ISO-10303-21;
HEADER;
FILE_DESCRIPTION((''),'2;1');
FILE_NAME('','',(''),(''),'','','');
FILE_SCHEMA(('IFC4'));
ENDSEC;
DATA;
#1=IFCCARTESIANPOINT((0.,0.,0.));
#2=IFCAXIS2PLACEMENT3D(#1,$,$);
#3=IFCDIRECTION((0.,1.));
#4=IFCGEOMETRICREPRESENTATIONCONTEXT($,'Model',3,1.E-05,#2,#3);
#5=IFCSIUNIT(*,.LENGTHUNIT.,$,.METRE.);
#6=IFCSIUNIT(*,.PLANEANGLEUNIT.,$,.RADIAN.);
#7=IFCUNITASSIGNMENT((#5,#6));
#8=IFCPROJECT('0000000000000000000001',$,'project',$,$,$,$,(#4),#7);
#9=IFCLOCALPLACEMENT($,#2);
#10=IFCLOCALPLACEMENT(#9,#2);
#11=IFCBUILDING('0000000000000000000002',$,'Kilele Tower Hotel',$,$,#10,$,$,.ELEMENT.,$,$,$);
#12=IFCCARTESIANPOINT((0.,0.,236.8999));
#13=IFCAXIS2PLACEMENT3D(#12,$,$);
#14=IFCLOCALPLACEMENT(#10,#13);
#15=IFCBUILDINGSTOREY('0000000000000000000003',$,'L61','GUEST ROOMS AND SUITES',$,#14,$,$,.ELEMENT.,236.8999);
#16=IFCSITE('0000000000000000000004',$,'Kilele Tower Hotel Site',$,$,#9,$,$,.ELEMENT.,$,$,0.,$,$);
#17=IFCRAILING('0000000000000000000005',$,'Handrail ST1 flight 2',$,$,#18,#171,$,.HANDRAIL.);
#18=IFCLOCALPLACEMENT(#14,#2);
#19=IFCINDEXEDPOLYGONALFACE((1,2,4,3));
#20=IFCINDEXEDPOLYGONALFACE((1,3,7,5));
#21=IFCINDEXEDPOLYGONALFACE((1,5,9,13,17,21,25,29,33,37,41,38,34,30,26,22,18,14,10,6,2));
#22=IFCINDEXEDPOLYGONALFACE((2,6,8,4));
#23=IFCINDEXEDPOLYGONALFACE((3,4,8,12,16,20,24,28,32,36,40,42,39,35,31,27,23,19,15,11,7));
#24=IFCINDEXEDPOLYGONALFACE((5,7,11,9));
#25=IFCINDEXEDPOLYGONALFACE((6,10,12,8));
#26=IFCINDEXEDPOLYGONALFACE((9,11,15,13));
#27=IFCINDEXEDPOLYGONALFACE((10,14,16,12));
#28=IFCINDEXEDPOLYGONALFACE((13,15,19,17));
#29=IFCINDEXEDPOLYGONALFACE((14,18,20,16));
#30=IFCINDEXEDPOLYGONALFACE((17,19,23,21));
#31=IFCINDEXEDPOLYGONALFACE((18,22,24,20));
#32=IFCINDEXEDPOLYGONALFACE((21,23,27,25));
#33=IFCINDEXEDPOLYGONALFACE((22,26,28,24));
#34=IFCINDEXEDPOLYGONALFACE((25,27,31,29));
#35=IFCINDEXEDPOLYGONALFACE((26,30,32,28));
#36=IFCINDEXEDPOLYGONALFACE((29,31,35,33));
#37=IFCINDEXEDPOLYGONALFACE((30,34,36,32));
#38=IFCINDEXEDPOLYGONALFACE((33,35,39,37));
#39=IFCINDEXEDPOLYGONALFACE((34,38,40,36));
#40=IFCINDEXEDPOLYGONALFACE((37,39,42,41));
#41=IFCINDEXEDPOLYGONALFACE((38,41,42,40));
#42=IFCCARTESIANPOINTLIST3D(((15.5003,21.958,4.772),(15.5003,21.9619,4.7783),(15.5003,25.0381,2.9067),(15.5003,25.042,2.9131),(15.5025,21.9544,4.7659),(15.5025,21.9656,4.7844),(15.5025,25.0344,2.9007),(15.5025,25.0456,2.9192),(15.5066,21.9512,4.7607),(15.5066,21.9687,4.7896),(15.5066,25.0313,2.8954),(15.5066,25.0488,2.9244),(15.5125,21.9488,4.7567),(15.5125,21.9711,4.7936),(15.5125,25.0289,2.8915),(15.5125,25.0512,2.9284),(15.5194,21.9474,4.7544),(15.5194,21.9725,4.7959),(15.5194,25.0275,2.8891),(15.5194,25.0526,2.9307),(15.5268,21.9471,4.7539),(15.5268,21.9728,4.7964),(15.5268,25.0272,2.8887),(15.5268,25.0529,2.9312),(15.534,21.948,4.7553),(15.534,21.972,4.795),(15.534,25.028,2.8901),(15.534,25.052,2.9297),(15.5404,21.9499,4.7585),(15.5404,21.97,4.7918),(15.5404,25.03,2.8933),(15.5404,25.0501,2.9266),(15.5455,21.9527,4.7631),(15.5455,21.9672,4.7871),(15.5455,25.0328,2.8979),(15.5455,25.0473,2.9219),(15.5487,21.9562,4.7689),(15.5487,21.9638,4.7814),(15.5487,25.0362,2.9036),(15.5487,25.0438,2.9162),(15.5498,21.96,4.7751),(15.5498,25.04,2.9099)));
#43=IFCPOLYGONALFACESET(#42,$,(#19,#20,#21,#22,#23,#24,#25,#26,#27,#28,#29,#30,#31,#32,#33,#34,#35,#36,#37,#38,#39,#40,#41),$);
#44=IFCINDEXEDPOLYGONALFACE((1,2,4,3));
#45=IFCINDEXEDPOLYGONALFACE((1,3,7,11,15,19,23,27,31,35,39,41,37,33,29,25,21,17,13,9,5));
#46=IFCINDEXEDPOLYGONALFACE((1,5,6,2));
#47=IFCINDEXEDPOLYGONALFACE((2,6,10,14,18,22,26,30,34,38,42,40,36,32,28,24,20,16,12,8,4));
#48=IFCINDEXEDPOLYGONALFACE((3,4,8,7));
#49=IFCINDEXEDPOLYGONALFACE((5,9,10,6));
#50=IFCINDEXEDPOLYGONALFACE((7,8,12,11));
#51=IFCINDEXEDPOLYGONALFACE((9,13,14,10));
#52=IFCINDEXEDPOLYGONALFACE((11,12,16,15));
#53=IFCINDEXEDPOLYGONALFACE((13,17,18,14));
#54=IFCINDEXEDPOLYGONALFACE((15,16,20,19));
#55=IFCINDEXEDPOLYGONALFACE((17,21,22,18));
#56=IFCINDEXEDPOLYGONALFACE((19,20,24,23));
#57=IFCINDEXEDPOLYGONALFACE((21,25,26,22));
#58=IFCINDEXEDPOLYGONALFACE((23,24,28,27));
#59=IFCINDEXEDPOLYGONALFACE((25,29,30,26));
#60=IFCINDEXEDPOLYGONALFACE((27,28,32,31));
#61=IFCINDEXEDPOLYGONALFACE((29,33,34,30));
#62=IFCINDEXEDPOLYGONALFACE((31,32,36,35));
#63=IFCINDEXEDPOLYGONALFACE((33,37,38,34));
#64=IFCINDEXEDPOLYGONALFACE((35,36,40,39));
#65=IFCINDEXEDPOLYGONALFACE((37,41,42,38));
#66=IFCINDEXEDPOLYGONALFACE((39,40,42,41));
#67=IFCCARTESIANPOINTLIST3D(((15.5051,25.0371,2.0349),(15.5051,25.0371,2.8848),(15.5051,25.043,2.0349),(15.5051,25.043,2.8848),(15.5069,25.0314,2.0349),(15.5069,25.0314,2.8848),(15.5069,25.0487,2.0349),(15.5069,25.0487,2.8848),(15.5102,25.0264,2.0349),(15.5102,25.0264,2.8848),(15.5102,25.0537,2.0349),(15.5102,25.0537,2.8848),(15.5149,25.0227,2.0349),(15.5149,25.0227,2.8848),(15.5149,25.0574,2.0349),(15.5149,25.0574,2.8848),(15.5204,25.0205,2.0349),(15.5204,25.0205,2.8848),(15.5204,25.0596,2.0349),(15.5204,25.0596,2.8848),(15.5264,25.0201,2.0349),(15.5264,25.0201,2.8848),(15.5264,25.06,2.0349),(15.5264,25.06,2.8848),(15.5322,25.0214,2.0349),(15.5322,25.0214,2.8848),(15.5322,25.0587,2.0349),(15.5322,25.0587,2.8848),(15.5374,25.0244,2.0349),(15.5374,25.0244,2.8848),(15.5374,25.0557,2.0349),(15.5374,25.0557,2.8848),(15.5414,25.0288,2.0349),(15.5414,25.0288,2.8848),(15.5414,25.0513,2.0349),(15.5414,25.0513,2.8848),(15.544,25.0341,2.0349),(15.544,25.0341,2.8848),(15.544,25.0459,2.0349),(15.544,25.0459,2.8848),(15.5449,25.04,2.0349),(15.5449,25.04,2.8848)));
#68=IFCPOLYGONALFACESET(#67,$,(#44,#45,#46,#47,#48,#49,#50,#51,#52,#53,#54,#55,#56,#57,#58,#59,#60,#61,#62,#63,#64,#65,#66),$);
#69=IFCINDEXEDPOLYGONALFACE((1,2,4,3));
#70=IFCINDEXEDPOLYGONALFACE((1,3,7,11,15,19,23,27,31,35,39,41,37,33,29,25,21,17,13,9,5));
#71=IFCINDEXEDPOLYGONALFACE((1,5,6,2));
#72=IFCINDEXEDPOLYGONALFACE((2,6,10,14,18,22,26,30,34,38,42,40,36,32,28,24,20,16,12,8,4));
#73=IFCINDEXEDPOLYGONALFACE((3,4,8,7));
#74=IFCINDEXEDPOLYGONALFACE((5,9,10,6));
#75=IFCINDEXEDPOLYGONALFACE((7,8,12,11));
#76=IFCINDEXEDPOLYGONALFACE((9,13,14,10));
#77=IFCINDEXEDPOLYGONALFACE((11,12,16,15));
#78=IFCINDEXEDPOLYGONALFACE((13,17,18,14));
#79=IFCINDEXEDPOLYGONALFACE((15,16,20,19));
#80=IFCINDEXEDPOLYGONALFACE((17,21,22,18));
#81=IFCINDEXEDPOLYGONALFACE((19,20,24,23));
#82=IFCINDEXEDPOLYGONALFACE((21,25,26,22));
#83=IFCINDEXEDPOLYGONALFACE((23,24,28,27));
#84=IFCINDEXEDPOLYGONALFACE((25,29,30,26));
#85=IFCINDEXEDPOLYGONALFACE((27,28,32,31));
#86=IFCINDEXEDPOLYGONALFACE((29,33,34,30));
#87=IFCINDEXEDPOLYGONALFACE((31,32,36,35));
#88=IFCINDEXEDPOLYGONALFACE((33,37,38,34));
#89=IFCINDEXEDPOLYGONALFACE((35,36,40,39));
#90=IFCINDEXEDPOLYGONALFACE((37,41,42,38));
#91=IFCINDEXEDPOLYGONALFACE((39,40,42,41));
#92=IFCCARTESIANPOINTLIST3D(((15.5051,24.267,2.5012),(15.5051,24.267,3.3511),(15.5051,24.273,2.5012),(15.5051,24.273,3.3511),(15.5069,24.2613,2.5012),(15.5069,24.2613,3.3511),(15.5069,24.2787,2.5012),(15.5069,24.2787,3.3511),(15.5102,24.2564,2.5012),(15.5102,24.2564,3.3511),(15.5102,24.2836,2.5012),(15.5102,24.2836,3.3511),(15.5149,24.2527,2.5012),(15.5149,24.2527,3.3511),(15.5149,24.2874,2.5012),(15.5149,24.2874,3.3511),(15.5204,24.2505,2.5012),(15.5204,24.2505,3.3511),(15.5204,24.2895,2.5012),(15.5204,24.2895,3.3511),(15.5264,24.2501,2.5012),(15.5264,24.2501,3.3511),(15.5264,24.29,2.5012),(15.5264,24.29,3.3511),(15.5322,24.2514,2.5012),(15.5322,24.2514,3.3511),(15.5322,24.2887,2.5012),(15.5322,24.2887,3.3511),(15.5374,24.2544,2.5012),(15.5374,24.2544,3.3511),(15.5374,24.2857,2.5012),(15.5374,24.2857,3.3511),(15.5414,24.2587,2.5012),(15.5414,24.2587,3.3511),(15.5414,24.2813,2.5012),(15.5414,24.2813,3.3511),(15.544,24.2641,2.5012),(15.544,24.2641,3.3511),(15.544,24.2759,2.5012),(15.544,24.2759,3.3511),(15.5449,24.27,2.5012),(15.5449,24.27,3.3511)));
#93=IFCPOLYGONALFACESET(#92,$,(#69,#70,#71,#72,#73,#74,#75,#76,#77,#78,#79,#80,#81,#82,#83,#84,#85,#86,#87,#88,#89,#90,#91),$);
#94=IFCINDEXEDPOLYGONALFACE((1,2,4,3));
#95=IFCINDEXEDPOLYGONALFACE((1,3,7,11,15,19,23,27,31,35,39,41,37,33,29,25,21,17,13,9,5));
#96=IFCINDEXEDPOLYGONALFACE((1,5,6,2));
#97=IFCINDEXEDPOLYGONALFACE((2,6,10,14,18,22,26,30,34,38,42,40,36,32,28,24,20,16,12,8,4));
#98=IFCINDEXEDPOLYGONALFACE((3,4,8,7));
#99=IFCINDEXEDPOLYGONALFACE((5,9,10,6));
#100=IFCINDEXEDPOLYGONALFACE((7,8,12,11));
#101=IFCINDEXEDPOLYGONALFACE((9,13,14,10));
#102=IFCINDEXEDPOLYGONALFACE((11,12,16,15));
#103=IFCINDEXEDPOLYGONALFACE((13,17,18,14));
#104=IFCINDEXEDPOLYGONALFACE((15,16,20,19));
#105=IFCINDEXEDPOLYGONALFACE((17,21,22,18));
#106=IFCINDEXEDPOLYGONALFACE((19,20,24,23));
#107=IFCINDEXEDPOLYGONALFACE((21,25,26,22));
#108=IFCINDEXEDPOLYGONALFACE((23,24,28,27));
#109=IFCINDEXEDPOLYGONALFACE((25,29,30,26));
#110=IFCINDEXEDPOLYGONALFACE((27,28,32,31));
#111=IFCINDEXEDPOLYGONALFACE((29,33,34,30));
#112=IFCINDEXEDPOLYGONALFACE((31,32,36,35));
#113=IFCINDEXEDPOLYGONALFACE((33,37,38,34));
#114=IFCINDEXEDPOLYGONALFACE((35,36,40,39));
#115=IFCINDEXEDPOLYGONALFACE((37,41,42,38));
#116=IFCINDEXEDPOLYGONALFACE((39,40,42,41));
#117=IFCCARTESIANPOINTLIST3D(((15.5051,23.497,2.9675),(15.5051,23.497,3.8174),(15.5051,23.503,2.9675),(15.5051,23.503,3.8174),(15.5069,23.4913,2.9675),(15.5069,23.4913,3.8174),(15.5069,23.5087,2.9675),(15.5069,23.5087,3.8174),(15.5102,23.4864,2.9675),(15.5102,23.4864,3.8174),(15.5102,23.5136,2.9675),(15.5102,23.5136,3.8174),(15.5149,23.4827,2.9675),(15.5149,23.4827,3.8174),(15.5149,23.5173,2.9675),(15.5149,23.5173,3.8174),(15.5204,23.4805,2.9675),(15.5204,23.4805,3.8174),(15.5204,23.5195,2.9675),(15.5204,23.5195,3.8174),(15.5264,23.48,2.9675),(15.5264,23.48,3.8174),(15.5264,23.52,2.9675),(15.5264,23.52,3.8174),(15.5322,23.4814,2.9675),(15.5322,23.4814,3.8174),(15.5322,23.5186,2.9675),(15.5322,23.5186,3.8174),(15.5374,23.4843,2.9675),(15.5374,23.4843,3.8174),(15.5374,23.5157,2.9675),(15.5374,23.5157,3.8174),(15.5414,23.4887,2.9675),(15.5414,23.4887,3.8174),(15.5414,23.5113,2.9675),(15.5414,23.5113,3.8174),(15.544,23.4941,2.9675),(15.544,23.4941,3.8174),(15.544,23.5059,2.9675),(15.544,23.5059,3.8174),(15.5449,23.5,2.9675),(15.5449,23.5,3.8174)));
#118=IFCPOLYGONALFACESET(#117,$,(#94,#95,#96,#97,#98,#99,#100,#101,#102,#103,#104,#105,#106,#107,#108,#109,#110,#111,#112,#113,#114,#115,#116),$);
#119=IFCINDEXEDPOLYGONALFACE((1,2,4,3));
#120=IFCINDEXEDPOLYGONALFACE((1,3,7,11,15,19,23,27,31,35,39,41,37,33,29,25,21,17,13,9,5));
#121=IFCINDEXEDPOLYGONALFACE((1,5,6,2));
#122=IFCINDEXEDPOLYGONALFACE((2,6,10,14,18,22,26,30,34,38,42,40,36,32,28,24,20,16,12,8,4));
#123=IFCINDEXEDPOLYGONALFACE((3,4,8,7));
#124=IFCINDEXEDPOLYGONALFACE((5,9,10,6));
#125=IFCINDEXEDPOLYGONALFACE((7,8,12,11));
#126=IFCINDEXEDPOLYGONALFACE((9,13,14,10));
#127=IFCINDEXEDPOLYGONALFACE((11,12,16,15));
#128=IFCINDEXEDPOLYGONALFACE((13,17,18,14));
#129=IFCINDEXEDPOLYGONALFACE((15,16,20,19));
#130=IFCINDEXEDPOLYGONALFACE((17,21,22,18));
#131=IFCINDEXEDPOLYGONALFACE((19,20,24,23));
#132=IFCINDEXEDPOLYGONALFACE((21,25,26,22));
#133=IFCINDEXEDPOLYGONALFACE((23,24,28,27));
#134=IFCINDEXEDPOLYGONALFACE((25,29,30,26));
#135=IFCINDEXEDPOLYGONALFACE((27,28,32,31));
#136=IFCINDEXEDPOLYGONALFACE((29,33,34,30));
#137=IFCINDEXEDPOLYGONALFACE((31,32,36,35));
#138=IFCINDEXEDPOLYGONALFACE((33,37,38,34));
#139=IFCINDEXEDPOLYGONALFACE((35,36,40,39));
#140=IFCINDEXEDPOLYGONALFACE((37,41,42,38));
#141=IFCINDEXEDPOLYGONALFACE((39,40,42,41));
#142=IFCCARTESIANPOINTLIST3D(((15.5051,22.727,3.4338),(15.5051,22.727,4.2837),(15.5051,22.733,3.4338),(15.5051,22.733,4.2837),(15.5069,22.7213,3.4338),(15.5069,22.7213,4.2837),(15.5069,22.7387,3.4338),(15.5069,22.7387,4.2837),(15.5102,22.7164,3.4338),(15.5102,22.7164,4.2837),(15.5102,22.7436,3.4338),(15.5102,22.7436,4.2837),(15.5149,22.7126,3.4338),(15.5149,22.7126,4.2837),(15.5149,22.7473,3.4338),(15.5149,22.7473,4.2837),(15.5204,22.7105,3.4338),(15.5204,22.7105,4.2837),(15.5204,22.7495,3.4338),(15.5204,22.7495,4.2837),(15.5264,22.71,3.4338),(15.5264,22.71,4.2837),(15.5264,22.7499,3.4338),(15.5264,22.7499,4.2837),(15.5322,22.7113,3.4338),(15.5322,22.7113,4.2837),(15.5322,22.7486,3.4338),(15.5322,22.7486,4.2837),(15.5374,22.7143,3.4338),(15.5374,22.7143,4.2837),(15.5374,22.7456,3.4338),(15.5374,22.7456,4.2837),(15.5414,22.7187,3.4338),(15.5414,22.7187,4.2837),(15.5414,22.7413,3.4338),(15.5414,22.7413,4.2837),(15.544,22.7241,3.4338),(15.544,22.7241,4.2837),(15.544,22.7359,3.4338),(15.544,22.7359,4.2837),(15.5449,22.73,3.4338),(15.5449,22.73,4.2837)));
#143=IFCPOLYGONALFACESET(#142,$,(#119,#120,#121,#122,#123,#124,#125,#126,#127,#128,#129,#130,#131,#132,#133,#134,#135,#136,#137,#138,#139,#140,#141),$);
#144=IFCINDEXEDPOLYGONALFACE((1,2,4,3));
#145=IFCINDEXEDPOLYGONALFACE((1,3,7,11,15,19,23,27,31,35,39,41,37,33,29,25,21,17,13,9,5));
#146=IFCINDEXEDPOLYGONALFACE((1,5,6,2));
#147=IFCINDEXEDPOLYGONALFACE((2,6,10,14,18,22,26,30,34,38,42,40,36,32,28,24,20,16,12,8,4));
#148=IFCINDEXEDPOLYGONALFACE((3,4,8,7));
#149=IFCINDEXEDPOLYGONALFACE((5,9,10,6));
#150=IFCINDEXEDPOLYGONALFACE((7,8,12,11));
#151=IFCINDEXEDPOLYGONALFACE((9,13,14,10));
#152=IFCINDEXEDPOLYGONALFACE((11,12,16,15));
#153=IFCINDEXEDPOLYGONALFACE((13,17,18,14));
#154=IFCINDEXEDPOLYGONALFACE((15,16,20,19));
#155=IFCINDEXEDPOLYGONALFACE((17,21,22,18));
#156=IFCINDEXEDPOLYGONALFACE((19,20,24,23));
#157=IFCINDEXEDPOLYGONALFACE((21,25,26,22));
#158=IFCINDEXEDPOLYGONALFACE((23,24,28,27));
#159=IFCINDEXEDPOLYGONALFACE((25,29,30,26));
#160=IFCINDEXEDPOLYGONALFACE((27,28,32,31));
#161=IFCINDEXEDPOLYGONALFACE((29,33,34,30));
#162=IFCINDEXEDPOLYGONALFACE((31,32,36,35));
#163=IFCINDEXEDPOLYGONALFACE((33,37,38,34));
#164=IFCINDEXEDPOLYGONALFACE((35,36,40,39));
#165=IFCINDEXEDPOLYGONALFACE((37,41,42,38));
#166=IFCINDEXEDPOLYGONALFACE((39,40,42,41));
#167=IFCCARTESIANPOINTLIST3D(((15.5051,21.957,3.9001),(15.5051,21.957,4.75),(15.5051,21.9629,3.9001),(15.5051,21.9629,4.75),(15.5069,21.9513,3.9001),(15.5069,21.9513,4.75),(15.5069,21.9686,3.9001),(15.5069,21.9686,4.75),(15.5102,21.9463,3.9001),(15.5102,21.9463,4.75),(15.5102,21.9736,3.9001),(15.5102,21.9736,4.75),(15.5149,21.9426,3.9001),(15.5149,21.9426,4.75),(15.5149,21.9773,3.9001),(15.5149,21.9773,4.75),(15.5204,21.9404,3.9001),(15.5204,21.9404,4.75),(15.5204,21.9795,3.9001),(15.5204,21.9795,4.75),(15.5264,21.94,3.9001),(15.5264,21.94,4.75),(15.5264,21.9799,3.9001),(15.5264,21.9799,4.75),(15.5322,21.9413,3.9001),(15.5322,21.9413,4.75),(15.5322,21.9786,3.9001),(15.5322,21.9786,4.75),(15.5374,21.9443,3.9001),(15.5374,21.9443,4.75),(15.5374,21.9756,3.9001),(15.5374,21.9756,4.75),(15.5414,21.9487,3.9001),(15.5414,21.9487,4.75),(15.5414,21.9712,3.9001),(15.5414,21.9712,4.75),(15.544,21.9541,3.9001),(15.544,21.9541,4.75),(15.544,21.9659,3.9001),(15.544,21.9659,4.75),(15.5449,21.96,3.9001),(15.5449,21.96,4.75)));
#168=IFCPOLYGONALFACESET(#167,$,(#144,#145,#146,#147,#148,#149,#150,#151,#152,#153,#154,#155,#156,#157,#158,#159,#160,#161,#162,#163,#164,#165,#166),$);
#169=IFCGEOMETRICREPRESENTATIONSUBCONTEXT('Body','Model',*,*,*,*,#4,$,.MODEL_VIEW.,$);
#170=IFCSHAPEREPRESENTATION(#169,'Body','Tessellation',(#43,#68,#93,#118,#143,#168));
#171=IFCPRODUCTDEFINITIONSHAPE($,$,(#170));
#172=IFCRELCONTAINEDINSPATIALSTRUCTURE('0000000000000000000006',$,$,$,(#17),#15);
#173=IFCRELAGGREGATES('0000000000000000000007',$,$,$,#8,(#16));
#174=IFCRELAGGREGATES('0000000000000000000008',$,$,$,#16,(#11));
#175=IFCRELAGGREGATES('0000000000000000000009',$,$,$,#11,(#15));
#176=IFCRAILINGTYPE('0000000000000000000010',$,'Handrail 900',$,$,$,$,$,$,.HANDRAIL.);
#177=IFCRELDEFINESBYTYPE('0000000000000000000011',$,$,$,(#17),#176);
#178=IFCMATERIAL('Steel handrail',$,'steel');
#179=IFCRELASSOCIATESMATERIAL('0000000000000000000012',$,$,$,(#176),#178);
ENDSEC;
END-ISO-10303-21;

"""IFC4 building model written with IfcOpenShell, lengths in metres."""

from ifc_helpers import new_model, si_unit, direction, frame, origin, origin_2d, place, context, subcontext, project, spatial, circle, extrude, material, type_object, element, save


model = new_model("IFC4")

# Units and contexts
model_context = context("Model", 3, precision=1e-05, world=origin(), true_north=direction((0.0, 1.0)))
body_context = subcontext(model_context, "Body", "Model", "MODEL_VIEW")
ifc_project = project(units=[si_unit("LENGTHUNIT", "METRE"), si_unit("PLANEANGLEUNIT", "RADIAN")], contexts=[model_context])

# Site, building, storey
site_placement = place(None, origin())
site = spatial("IfcSite", under=ifc_project, at=site_placement, Name="Kilele Tower Hotel Site", CompositionType="ELEMENT", RefElevation=0.0)
building_placement = place(site_placement, origin())
building = spatial("IfcBuilding", under=site, at=building_placement, Name="Kilele Tower Hotel", CompositionType="ELEMENT")
storey_placement = place(building_placement, frame((0.0, 0.0, 236.8999)))
storey = spatial("IfcBuildingStorey", under=building, at=storey_placement, Name="L61", Description="GUEST ROOMS AND SUITES", CompositionType="ELEMENT", Elevation=236.8999)

# Railing
ifc_material_1 = material(Name="Steel handrail", Category="steel")
railing_type_1 = type_object("IfcRailingType", Name="Handrail 900", PredefinedType="HANDRAIL", material=ifc_material_1)
for number, where, name in (
    (1, (15.5249, 25.04, 2.0349), "Handrail ST1 flight 2"),
):
    element("IfcRailing", number, at=place(storey_placement, frame(where)), inside=storey, type_object=railing_type_1, Name=name, PredefinedType="HANDRAIL", context=body_context, shape_type="SweptSolid", body=[
        extrude(circle(Radius=0.0249, at=origin_2d()), frame((0.0, 0.0, 0.875), z_axis=(0.0, -0.85538, 0.518001), x_axis=(1.0, 0.0, 0.0)), (0.0, 0.0, 1.0), 3.6008),
        extrude(circle(Radius=0.02, at=origin_2d()), origin(), (0.0, 0.0, 1.0), 0.8499),
        extrude(circle(Radius=0.02, at=origin_2d()), frame((0.0, -0.77, 0.4663)), (0.0, 0.0, 1.0), 0.8499),
        extrude(circle(Radius=0.02, at=origin_2d()), frame((0.0, -1.54, 0.9326)), (0.0, 0.0, 1.0), 0.8499),
        extrude(circle(Radius=0.02, at=origin_2d()), frame((0.0, -2.3101, 1.3989)), (0.0, 0.0, 1.0), 0.8499),
        extrude(circle(Radius=0.02, at=origin_2d()), frame((0.0, -3.0801, 1.8652)), (0.0, 0.0, 1.0), 0.8499),
    ])

save(model, "model.ifc")
